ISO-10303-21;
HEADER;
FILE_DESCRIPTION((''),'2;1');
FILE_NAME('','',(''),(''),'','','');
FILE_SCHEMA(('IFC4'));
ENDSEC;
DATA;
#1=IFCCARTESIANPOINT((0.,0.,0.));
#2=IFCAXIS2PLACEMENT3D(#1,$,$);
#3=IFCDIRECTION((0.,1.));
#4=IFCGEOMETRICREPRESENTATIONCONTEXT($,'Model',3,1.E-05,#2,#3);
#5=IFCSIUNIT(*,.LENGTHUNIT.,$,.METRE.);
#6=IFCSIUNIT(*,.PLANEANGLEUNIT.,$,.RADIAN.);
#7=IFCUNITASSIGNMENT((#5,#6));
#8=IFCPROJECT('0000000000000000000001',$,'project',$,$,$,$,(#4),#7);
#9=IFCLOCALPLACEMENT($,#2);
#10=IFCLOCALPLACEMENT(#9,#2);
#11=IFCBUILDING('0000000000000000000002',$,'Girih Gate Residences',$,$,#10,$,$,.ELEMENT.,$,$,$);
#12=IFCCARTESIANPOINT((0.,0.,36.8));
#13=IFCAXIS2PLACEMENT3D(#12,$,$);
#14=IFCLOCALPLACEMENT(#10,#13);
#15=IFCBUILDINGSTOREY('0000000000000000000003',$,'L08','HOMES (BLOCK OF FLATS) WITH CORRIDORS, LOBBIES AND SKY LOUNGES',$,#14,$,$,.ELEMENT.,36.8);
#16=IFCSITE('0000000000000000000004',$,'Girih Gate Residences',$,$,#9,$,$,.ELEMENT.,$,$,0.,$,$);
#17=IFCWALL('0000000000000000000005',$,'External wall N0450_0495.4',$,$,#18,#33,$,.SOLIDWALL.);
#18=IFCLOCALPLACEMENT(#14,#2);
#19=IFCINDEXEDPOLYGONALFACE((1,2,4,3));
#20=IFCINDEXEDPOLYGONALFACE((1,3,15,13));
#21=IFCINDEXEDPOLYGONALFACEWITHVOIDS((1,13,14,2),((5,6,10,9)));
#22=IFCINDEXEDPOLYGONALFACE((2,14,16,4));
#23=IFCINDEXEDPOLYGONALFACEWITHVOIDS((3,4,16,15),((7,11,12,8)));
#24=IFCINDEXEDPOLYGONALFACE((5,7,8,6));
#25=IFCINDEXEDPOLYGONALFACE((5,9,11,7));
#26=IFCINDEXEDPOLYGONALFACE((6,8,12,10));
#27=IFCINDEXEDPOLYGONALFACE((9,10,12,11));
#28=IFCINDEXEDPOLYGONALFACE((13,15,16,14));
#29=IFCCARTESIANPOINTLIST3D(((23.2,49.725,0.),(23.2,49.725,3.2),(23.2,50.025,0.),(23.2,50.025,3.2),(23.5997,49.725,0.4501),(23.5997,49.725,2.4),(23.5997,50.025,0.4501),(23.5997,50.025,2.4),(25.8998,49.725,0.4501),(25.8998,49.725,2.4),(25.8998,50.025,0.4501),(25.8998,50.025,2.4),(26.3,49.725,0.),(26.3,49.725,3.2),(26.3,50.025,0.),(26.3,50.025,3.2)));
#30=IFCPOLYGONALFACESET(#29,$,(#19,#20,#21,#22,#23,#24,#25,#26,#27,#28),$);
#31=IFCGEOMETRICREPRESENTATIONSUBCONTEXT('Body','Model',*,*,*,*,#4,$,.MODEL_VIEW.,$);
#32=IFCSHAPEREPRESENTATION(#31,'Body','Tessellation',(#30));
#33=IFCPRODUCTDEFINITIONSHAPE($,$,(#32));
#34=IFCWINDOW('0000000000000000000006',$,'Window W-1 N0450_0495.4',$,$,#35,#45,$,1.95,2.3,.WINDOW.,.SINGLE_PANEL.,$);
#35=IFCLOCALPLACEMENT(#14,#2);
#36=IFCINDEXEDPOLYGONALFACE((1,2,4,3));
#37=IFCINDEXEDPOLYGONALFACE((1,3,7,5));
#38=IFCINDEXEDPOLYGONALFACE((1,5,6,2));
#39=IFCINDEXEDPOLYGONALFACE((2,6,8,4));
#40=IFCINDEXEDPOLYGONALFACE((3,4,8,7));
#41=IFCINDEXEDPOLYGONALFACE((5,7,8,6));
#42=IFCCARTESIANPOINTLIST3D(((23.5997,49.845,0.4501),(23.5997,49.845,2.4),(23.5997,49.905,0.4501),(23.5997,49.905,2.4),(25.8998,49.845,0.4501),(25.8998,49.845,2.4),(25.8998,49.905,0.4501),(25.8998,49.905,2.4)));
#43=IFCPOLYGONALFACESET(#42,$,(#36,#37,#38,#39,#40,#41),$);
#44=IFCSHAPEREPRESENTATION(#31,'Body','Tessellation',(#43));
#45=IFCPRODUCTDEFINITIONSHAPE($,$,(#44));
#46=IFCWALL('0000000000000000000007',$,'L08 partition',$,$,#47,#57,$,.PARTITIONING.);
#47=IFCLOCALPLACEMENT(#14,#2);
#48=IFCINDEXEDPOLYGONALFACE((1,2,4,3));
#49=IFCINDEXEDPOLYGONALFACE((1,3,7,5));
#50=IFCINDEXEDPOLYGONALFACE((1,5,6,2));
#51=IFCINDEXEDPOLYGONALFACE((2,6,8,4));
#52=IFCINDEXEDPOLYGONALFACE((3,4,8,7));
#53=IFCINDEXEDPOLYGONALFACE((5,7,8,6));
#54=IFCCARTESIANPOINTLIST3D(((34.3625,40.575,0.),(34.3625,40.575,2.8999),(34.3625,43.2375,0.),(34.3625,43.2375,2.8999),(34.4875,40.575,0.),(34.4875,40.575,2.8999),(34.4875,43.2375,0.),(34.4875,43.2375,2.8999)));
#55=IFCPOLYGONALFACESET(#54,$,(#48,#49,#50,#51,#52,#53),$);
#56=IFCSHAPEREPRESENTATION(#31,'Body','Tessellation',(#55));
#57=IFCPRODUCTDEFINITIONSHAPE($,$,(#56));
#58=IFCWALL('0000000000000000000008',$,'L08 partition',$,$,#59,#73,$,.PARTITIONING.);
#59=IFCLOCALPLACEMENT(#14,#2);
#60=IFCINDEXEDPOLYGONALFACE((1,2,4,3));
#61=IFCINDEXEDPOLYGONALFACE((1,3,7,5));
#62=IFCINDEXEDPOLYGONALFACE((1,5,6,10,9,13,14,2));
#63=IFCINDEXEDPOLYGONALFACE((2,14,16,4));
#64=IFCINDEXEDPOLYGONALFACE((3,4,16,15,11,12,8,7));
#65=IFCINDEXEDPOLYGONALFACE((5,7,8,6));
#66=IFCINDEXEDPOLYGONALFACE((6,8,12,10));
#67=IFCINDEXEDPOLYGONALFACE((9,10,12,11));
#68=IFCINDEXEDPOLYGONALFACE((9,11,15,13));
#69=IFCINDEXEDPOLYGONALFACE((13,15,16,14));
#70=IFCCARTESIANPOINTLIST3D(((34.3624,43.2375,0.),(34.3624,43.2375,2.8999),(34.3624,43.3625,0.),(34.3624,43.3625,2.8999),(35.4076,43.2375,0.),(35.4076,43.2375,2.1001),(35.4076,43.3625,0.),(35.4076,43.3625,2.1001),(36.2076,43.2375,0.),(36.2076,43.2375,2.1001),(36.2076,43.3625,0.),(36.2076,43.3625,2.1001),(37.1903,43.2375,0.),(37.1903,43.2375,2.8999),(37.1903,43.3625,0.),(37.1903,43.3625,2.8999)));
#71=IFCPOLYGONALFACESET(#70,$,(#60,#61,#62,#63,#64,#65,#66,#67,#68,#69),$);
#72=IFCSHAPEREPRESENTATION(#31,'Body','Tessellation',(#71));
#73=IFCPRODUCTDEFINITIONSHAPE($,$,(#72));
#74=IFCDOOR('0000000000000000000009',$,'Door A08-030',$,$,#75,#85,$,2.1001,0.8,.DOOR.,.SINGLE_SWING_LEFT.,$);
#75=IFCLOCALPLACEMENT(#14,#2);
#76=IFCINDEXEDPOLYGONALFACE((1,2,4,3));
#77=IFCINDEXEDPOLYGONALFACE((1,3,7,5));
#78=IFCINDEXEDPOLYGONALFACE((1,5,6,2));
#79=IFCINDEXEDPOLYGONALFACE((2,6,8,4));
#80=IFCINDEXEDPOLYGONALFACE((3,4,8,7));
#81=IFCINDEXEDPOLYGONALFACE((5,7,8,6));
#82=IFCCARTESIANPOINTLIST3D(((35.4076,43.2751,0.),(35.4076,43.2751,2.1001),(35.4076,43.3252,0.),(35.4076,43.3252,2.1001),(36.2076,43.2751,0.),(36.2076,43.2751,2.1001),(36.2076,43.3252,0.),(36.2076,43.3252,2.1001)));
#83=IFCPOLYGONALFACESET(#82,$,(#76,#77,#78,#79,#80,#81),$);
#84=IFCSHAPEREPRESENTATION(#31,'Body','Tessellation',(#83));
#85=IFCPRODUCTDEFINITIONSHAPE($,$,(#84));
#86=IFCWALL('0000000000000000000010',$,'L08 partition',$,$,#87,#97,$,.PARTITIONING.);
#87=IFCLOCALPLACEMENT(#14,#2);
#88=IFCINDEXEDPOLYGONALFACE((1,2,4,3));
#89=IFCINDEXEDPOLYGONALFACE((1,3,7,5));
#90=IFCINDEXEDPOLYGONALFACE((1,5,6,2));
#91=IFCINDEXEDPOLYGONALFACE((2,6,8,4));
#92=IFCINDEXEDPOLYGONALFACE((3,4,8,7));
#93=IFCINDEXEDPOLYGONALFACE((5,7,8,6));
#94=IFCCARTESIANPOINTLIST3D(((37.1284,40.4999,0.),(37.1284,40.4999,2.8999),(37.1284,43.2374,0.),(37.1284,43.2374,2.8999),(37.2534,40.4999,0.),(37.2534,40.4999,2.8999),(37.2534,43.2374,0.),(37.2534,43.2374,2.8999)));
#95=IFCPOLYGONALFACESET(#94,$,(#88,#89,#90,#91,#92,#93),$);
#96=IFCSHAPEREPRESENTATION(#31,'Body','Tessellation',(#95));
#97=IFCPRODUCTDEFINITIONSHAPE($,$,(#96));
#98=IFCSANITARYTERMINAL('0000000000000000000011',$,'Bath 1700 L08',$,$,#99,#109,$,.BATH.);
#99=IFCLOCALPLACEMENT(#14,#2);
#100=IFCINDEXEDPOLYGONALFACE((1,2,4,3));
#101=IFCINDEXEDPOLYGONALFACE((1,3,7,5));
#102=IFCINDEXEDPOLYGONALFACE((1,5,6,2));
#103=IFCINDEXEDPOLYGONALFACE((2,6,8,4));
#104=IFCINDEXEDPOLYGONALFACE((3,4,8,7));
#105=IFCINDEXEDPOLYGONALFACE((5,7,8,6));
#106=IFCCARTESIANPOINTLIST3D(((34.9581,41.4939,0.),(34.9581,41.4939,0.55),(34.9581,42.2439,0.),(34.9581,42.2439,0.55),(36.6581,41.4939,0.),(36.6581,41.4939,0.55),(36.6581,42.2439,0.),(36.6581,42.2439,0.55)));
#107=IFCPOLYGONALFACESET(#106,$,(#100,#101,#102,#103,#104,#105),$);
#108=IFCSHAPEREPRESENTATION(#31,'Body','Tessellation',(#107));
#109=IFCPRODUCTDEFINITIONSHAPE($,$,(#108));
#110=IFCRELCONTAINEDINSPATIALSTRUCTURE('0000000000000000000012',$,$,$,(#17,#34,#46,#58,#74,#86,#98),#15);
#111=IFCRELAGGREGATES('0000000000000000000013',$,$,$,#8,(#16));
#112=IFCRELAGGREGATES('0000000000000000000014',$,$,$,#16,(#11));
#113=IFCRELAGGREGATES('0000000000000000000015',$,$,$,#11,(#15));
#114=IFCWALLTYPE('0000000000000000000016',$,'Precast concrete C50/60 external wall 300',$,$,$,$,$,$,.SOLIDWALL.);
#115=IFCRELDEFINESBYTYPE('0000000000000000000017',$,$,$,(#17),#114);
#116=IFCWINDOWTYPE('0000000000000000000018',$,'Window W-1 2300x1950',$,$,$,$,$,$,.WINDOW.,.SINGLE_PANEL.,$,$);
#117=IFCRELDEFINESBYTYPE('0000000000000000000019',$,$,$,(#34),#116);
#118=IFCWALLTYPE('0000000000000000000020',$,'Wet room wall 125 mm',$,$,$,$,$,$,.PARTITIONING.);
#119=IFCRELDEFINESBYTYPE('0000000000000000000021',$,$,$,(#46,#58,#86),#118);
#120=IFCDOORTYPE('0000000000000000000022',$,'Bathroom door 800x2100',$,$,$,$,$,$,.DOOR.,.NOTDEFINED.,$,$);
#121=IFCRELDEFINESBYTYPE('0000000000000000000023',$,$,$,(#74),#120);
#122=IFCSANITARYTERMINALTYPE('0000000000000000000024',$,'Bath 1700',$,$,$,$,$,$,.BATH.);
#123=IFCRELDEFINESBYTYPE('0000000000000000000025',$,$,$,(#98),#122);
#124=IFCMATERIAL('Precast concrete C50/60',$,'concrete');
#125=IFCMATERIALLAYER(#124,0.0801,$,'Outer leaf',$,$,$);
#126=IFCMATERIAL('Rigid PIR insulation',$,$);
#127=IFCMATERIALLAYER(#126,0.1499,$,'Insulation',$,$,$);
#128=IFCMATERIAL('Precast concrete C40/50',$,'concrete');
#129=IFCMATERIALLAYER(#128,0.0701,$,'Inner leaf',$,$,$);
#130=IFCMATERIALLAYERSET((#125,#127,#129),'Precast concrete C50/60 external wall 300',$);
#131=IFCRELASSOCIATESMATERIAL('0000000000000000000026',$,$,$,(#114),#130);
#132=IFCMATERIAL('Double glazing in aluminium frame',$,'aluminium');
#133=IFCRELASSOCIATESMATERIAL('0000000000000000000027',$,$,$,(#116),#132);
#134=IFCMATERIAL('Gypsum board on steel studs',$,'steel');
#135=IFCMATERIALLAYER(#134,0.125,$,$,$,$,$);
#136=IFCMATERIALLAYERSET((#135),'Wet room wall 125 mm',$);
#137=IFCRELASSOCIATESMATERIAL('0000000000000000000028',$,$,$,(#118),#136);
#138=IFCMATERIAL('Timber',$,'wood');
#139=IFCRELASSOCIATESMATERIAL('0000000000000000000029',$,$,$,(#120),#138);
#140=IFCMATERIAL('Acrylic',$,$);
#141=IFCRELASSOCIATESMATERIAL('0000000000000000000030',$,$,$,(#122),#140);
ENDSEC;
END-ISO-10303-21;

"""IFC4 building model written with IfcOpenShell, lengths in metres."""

from ifc_helpers import new_model, si_unit, direction, frame, frame_2d, origin, origin_2d, place, context, subcontext, project, spatial, rectangle, extrude, material, layer, layer_set, type_object, element, fill, save


model = new_model("IFC4")

# Units and contexts
model_context = context("Model", 3, precision=1e-05, world=origin(), true_north=direction((0.0, 1.0)))
body_context = subcontext(model_context, "Body", "Model", "MODEL_VIEW")
ifc_project = project(units=[si_unit("LENGTHUNIT", "METRE"), si_unit("PLANEANGLEUNIT", "RADIAN")], contexts=[model_context])

# Site, building, storey
site_placement = place(None, origin())
site = spatial("IfcSite", under=ifc_project, at=site_placement, Name="Girih Gate Residences", CompositionType="ELEMENT", RefElevation=0.0)
building_placement = place(site_placement, origin())
building = spatial("IfcBuilding", under=site, at=building_placement, Name="Girih Gate Residences", CompositionType="ELEMENT")
storey_placement = place(building_placement, frame((0.0, 0.0, 36.8)))
storey = spatial("IfcBuildingStorey", under=building, at=storey_placement, Name="L08", Description="HOMES (BLOCK OF FLATS) WITH CORRIDORS, LOBBIES AND SKY LOUNGES", CompositionType="ELEMENT", Elevation=36.8)

# Shared definitions
ifc_material_1 = material(Name="Gypsum board on steel studs", Category="steel")

# Shared definitions
ifc_material_2 = material(Name="Timber", Category="wood")

# Wall, opening, window
ifc_material_3 = material(Name="Precast concrete C50/60", Category="concrete")
ifc_layer_1 = layer(ifc_material_3, 0.0801, Name="Outer leaf")
ifc_material_4 = material(Name="Rigid PIR insulation")
ifc_layer_2 = layer(ifc_material_4, 0.1499, Name="Insulation")
ifc_material_5 = material(Name="Precast concrete C40/50", Category="concrete")
ifc_layer_3 = layer(ifc_material_5, 0.0701, Name="Inner leaf")
ifc_layer_set_1 = layer_set([ifc_layer_1, ifc_layer_2, ifc_layer_3], Name="Precast concrete C50/60 external wall 300")
wall_type_1 = type_object("IfcWallType", Name="Precast concrete C50/60 external wall 300", PredefinedType="SOLIDWALL", material=ifc_layer_set_1)
ifc_material_6 = material(Name="Double glazing in aluminium frame", Category="aluminium")
window_type = type_object("IfcWindowType", Name="Window W-1 2300x1950", PartitioningType="SINGLE_PANEL", PredefinedType="WINDOW", material=ifc_material_6)
wall_1_placement = place(storey_placement, frame((23.2, 49.875, 0.0), z_axis=(0.0, 0.0, 1.0), x_axis=(1.0, 0.0, 0.0)))
wall_1 = element("IfcWall", 1, at=wall_1_placement, inside=storey, type_object=wall_type_1, Name="External wall N0450_0495.4", PredefinedType="SOLIDWALL", context=body_context, shape_type="SweptSolid", body=[
    extrude(rectangle(XDim=3.1001, YDim=0.3, at=frame_2d((1.55, 0.0))), origin(), (0.0, 0.0, 1.0), 3.2),
])
opening_1_placement = place(wall_1_placement, frame((0.3999, 0.0, 0.45)))
opening_1 = element("IfcOpeningElement", 2, at=opening_1_placement, cuts=wall_1, PredefinedType="OPENING", context=body_context, shape_type="SweptSolid", body=[
    extrude(rectangle(XDim=2.3, YDim=1.95, at=frame_2d((1.1499, 0.9751))), frame((0.0, 0.1599, 0.0), z_axis=(0.0, -1.0, 0.0), x_axis=(1.0, 0.0, 0.0)), (0.0, 0.0, 1.0), 0.3201),
])
window_1_placement = place(opening_1_placement, origin())
window_1 = element("IfcWindow", 3, at=window_1_placement, inside=storey, type_object=window_type, Name="Window W-1 N0450_0495.4", OverallHeight=1.95, OverallWidth=2.3, PartitioningType="SINGLE_PANEL", PredefinedType="WINDOW", context=body_context, shape_type="SweptSolid", body=[
    extrude(rectangle(XDim=2.3, YDim=1.95, at=frame_2d((1.1499, 0.9751))), frame((0.0, 0.03, 0.0), z_axis=(0.0, -1.0, 0.0), x_axis=(1.0, 0.0, 0.0)), (0.0, 0.0, 1.0), 0.0601),
])
fill(opening_1, window_1)

# Wall
ifc_layer_4 = layer(ifc_material_1, 0.125)
ifc_layer_set_2 = layer_set([ifc_layer_4], Name="Wet room wall 125 mm")
wall_type_2 = type_object("IfcWallType", Name="Wet room wall 125 mm", PredefinedType="PARTITIONING", material=ifc_layer_set_2)
wall_2_placement = place(storey_placement, frame((34.425, 40.575, 0.0), z_axis=(0.0, 0.0, 1.0), x_axis=(0.0, 1.0, 0.0)))
element("IfcWall", 4, at=wall_2_placement, inside=storey, type_object=wall_type_2, Name="L08 partition", PredefinedType="PARTITIONING", context=body_context, shape_type="SweptSolid", body=[
    extrude(rectangle(XDim=2.6626, YDim=0.125, at=frame_2d((1.3313, 0.0))), origin(), (0.0, 0.0, 1.0), 2.8999),
])

# Wall, opening, door
wall_3_placement = place(storey_placement, frame((37.1904, 43.3, 0.0), z_axis=(0.0, 0.0, 1.0), x_axis=(-1.0, 0.0, 0.0)))
wall_3 = element("IfcWall", 5, at=wall_3_placement, inside=storey, type_object=wall_type_2, Name="L08 partition", PredefinedType="PARTITIONING", context=body_context, shape_type="SweptSolid", body=[
    extrude(rectangle(XDim=2.8279, YDim=0.125, at=frame_2d((1.4141, 0.0))), origin(), (0.0, 0.0, 1.0), 2.8999),
])
opening_2_placement = place(wall_3_placement, frame((0.9829, 0.0, 0.0)))
opening_2 = element("IfcOpeningElement", 6, at=opening_2_placement, cuts=wall_3, PredefinedType="OPENING", context=body_context, shape_type="SweptSolid", body=[
    extrude(rectangle(XDim=0.8, YDim=2.1001, at=frame_2d((0.3999, 1.05))), frame((0.0, 0.0725, 0.0), z_axis=(0.0, -1.0, 0.0), x_axis=(1.0, 0.0, 0.0)), (0.0, 0.0, 1.0), 0.145),
])
door_type_1 = type_object("IfcDoorType", Name="Bathroom door 800x2100", OperationType="NOTDEFINED", PredefinedType="DOOR", material=ifc_material_2)
door_1_placement = place(opening_2_placement, origin())
door_1 = element("IfcDoor", 7, at=door_1_placement, inside=storey, type_object=door_type_1, Name="Door A08-030", OperationType="SINGLE_SWING_LEFT", OverallHeight=2.1001, OverallWidth=0.8, PredefinedType="DOOR", context=body_context, shape_type="SweptSolid", body=[
    extrude(rectangle(XDim=0.8, YDim=2.1001, at=frame_2d((0.3999, 1.05))), frame((0.0, 0.0249, 0.0), z_axis=(0.0, -1.0, 0.0), x_axis=(1.0, 0.0, 0.0)), (0.0, 0.0, 1.0), 0.05),
])
fill(opening_2, door_1)

# Wall
wall_4_placement = place(storey_placement, frame((37.1909, 40.5, 0.0), z_axis=(0.0, 0.0, 1.0), x_axis=(0.0, 1.0, 0.0)))
element("IfcWall", 8, at=wall_4_placement, inside=storey, type_object=wall_type_2, Name="L08 partition", PredefinedType="PARTITIONING", context=body_context, shape_type="SweptSolid", body=[
    extrude(rectangle(XDim=2.7375, YDim=0.125, at=frame_2d((1.3687, 0.0))), origin(), (0.0, 0.0, 1.0), 2.8999),
])

# Sanitary terminal
ifc_material_7 = material(Name="Acrylic")
sanitary_terminal_type = type_object("IfcSanitaryTerminalType", Name="Bath 1700", PredefinedType="BATH", material=ifc_material_7)
sanitary_terminal_placement = place(storey_placement, frame((35.8081, 41.8689, 0.0), z_axis=(0.0, 0.0, 1.0), x_axis=(1.0, 0.0, 0.0)))
element("IfcSanitaryTerminal", 9, at=sanitary_terminal_placement, inside=storey, type_object=sanitary_terminal_type, Name="Bath 1700 L08", PredefinedType="BATH", context=body_context, shape_type="SweptSolid", body=[
    extrude(rectangle(XDim=1.7, YDim=0.75, at=origin_2d()), origin(), (0.0, 0.0, 1.0), 0.55),
])

save(model, "model.ifc")
